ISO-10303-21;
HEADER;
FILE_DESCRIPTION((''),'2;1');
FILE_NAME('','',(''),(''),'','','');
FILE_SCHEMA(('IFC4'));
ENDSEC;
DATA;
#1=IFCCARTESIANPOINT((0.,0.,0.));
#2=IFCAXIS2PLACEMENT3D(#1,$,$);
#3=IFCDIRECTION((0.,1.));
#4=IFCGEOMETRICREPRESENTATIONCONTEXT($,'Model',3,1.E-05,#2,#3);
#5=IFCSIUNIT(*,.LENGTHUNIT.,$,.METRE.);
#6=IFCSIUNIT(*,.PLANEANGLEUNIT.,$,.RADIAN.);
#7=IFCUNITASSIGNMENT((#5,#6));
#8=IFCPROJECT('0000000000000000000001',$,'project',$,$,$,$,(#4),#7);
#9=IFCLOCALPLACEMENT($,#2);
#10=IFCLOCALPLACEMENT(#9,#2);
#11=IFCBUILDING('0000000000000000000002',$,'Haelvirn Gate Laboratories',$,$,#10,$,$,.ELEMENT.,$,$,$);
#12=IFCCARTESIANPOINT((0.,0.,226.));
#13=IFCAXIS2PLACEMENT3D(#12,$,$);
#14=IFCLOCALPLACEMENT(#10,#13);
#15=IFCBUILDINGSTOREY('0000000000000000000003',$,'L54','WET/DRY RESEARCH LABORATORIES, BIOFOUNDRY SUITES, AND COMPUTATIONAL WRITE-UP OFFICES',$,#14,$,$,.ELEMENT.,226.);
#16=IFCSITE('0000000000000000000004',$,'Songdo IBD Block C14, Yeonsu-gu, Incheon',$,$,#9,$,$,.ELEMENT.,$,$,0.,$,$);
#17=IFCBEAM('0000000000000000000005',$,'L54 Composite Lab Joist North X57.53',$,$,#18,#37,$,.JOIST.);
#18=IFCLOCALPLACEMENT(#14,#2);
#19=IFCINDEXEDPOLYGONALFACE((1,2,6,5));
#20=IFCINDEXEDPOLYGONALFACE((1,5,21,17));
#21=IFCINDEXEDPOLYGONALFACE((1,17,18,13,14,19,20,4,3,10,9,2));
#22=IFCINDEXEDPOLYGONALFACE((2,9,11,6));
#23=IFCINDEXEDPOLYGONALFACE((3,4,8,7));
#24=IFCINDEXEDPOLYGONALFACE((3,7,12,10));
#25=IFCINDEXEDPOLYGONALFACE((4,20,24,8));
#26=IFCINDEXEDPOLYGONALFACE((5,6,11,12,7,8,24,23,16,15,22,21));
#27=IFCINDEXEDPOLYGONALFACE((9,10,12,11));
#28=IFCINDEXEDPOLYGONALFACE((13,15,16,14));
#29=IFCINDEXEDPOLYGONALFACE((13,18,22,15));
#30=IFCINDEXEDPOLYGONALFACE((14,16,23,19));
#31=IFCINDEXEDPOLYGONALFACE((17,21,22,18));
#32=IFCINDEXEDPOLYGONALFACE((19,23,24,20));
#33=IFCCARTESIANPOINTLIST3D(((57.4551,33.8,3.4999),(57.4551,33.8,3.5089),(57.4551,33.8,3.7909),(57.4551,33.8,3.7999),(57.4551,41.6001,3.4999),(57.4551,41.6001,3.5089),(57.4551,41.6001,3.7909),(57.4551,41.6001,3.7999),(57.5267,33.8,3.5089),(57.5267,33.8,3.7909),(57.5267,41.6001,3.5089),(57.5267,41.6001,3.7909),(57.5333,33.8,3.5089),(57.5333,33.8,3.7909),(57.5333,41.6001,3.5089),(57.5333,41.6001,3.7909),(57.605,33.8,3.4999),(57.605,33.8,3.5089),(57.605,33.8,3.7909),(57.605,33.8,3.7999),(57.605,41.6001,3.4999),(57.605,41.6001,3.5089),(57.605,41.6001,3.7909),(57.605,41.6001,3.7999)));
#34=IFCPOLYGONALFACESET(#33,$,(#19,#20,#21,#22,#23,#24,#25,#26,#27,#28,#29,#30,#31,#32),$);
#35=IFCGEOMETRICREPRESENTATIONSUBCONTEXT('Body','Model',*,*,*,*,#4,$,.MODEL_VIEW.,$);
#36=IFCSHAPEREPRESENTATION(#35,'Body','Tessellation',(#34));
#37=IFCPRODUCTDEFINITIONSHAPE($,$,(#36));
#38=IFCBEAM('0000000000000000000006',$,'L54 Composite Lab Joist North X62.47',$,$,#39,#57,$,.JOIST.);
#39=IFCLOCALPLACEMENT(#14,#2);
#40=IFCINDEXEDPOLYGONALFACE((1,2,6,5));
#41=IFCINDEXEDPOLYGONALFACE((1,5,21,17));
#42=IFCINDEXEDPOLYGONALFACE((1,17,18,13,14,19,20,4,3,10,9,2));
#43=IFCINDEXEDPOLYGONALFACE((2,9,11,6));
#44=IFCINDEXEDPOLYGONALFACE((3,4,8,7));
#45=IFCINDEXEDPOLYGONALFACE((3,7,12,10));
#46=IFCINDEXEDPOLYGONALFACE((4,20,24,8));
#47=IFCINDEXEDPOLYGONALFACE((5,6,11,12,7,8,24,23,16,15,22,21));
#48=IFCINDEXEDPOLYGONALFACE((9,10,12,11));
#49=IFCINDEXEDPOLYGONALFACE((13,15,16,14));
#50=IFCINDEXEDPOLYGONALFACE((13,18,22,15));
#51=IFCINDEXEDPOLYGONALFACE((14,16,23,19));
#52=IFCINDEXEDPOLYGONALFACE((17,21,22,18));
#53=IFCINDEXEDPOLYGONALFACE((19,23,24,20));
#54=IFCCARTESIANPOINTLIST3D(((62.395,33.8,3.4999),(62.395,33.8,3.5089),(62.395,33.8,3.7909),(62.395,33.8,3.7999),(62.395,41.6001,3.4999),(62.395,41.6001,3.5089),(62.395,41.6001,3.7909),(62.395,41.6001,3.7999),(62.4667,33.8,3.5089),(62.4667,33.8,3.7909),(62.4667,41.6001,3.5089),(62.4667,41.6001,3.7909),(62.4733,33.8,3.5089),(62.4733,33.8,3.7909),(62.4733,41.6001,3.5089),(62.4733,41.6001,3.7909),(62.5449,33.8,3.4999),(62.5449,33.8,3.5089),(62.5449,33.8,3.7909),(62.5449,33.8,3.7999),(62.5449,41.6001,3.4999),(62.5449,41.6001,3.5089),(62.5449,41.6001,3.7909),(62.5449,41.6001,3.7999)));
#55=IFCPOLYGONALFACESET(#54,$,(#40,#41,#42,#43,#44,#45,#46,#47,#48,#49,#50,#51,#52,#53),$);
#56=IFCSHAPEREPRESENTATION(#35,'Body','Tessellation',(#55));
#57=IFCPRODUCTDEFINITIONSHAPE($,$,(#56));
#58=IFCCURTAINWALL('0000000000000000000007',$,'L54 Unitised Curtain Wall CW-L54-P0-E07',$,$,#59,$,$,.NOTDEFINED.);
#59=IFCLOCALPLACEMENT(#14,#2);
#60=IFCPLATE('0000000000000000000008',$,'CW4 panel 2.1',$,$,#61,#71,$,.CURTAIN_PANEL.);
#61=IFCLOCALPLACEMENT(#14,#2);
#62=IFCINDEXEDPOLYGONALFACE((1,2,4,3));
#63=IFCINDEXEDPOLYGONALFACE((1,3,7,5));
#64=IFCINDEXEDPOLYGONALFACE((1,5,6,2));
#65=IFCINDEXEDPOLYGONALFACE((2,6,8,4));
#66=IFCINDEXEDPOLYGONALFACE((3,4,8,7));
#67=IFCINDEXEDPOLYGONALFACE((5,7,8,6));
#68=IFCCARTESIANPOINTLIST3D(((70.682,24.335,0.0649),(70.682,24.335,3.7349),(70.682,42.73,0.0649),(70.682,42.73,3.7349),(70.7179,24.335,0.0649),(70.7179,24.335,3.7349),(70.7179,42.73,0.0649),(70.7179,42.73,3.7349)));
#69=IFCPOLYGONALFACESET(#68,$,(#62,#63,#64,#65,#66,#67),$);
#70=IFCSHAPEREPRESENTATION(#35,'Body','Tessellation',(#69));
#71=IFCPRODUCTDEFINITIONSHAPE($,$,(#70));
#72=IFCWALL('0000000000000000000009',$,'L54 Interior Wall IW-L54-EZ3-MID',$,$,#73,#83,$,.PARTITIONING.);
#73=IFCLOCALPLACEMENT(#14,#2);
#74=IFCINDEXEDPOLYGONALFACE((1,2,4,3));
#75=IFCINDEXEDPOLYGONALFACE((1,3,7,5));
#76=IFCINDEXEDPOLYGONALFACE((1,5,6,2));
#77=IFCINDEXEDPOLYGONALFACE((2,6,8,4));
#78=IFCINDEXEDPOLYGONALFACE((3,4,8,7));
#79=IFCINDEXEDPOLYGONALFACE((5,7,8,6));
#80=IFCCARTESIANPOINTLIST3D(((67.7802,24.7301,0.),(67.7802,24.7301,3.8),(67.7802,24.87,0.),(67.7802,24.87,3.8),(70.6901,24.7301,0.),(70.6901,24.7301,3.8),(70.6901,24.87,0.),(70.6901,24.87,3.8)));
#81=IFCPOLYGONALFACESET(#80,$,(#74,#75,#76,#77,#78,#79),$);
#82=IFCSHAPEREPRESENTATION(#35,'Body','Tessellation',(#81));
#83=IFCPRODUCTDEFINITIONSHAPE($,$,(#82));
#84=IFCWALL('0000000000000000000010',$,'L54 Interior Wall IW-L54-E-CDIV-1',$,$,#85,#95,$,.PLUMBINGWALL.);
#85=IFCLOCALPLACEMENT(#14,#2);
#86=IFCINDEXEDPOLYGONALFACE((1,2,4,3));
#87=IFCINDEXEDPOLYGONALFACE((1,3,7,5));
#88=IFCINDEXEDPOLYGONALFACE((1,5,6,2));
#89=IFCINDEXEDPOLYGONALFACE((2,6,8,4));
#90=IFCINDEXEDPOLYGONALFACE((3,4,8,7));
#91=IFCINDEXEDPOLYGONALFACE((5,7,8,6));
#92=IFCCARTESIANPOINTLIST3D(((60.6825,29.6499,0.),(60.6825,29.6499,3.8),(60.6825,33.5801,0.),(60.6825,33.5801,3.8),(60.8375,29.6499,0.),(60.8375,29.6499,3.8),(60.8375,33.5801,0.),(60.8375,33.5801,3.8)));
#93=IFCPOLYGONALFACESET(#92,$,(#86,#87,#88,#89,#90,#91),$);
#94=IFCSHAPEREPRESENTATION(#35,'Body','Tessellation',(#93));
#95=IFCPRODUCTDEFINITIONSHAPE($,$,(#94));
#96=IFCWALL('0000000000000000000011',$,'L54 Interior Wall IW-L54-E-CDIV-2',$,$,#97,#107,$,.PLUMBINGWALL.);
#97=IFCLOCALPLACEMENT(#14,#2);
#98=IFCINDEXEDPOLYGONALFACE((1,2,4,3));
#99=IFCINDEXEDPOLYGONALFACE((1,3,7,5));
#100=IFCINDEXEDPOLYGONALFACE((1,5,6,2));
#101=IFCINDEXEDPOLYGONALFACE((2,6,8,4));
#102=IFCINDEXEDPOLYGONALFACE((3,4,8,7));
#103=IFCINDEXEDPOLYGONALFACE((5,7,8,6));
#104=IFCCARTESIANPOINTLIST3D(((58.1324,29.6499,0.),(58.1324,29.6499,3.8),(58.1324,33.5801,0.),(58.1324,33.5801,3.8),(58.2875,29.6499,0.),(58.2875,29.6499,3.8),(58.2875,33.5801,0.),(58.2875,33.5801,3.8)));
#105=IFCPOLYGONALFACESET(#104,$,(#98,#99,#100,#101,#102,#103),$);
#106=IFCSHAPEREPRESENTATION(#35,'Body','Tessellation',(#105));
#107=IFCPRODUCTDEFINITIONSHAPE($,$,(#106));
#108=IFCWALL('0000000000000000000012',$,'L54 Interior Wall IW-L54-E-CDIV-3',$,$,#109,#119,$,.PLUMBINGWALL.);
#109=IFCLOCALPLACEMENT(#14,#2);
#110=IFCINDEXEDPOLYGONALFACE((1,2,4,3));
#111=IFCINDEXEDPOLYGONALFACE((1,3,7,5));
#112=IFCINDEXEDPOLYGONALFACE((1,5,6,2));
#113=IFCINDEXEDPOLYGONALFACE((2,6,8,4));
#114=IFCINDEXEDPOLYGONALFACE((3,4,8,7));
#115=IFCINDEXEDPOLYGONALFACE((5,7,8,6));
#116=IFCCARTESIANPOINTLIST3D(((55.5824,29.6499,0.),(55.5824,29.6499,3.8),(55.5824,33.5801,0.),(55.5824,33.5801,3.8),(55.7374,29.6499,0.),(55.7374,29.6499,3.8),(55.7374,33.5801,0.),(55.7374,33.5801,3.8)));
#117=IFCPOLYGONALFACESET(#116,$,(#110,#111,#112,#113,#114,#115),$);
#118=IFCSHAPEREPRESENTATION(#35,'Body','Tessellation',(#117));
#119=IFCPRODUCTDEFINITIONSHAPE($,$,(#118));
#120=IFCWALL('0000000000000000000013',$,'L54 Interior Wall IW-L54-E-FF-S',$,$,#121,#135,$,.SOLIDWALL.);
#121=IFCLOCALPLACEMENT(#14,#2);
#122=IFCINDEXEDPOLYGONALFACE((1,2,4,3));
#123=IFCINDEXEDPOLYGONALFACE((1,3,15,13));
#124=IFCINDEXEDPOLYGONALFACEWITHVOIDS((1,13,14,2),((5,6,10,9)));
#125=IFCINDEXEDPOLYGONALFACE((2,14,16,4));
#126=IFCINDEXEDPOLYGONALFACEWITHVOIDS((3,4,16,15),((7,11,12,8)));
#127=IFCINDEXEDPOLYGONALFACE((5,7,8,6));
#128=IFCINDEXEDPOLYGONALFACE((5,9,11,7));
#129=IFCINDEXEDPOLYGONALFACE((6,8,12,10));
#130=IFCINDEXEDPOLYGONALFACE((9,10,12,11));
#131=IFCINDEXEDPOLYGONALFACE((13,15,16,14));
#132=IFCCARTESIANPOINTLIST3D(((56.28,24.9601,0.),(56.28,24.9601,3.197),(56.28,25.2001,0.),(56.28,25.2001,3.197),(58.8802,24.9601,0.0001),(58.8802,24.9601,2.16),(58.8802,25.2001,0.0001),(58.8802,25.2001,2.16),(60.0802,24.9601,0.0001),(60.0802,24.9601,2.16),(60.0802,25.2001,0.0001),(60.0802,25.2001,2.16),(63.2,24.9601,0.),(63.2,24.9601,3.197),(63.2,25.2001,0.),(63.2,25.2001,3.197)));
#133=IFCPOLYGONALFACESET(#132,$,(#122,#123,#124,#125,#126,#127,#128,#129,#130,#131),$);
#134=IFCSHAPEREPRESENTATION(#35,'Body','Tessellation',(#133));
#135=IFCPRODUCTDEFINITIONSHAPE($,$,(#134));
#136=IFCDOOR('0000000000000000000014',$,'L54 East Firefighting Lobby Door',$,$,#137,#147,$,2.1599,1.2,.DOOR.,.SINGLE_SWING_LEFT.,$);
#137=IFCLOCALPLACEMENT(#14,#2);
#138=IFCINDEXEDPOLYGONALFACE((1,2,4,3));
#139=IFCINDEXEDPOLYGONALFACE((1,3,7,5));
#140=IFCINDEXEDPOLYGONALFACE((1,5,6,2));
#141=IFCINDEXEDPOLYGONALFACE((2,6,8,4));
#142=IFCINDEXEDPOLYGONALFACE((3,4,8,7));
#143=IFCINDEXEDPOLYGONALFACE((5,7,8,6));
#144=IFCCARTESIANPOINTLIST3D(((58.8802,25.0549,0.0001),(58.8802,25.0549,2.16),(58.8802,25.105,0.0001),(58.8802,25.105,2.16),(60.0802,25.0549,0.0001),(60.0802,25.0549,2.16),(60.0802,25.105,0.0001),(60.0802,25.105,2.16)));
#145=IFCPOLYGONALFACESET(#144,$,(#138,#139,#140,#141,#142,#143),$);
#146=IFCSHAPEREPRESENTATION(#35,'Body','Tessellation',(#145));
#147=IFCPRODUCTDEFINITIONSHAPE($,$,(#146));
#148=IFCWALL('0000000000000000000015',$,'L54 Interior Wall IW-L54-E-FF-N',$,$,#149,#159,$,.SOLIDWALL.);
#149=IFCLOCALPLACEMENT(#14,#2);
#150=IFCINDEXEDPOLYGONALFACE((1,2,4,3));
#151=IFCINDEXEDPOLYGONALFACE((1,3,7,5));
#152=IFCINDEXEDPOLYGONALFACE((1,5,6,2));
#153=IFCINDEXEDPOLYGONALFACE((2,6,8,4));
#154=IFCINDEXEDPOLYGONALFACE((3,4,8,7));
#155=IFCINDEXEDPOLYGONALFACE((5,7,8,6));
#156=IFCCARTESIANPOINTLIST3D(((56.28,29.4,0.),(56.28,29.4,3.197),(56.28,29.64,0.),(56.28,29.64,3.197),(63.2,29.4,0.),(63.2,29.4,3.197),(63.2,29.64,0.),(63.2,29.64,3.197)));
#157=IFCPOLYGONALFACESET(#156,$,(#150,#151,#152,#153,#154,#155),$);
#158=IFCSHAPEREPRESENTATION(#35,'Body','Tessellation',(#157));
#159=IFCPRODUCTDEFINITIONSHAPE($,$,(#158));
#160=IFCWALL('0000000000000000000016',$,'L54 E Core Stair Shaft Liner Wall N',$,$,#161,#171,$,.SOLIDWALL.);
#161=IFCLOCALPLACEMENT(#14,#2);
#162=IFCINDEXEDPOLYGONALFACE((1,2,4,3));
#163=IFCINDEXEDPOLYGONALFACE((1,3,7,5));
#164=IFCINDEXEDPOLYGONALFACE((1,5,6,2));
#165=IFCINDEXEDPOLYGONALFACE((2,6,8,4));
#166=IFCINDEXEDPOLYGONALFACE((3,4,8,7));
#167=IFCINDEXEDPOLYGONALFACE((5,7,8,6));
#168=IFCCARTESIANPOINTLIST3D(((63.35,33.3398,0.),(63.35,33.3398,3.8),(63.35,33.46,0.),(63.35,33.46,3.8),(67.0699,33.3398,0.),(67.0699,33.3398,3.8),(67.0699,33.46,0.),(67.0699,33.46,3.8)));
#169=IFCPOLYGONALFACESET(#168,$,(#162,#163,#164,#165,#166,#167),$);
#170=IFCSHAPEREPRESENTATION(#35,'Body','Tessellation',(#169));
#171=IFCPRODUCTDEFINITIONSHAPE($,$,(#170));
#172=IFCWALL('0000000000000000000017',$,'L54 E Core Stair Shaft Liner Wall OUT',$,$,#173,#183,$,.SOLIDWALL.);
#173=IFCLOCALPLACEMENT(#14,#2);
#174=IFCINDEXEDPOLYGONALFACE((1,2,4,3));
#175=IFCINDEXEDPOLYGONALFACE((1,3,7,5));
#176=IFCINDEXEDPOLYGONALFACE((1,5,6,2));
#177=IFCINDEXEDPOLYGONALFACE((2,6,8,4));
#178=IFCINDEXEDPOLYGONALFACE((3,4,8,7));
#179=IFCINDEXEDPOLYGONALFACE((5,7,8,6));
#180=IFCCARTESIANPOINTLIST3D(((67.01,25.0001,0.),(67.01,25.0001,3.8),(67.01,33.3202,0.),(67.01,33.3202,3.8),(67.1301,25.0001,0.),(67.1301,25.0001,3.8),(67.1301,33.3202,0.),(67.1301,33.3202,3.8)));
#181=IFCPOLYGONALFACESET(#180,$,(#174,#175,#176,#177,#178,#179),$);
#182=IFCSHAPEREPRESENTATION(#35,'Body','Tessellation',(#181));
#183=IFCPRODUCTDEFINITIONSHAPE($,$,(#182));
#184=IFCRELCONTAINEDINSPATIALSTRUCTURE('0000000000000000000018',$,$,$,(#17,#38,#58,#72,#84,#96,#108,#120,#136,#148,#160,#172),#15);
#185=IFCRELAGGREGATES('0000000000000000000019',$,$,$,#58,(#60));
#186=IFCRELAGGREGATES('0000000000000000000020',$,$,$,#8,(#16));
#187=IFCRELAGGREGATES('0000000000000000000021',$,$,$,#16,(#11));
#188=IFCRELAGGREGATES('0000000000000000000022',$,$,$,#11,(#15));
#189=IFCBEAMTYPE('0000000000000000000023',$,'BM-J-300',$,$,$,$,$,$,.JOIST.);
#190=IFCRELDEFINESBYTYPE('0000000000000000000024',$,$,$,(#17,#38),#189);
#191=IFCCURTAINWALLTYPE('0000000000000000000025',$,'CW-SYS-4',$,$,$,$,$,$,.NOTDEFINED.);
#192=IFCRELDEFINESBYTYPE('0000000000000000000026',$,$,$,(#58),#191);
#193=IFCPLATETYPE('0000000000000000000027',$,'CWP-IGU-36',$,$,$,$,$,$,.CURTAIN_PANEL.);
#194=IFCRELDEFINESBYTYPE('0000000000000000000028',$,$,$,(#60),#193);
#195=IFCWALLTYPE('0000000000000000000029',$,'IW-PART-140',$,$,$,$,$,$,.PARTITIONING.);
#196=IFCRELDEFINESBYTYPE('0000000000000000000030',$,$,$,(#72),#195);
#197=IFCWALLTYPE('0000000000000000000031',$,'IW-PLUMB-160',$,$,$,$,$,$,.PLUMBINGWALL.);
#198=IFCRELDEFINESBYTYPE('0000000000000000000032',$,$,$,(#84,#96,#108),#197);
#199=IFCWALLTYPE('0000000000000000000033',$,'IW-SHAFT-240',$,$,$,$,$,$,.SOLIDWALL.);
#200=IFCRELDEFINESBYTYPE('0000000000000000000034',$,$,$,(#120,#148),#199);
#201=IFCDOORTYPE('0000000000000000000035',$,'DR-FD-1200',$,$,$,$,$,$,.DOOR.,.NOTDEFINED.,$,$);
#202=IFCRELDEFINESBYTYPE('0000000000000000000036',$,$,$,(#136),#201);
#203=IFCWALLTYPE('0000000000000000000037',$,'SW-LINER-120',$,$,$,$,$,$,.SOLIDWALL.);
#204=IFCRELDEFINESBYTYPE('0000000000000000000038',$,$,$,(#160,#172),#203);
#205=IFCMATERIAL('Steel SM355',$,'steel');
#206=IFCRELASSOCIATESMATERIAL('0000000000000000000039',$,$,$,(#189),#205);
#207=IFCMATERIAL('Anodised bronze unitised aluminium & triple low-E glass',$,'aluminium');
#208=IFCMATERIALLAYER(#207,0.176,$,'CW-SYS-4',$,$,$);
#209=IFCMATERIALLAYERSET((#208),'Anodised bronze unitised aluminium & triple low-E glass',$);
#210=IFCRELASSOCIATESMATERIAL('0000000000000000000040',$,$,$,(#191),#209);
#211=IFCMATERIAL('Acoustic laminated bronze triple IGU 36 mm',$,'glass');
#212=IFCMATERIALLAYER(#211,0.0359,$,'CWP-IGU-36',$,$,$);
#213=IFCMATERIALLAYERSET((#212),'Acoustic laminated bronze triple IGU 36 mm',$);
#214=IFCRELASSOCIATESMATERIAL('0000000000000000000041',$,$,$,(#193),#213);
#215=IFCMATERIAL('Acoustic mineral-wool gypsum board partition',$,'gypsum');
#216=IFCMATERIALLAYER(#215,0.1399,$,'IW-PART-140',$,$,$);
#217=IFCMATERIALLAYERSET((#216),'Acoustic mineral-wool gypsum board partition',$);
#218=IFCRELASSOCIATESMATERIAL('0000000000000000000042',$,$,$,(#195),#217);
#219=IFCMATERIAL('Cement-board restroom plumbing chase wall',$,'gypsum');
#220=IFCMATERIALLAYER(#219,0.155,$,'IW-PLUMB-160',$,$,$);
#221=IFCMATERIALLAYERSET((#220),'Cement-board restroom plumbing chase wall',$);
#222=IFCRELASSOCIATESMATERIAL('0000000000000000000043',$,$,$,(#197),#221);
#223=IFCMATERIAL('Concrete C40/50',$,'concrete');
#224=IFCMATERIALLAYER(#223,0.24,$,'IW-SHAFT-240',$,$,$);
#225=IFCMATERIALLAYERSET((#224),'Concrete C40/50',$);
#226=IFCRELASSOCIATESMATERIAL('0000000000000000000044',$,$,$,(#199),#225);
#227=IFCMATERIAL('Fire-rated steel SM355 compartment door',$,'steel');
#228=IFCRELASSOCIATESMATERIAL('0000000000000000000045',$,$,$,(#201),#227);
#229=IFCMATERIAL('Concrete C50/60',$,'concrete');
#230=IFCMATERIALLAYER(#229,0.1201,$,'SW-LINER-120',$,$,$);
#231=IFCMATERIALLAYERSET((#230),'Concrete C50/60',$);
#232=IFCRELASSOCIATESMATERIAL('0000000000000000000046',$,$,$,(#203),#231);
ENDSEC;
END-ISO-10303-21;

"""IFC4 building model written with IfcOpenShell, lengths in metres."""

from ifc_helpers import new_model, si_unit, direction, frame, frame_2d, origin, origin_2d, place, context, subcontext, project, spatial, rectangle, i_section, extrude, source, transform, mapped, material, layer, layer_set, material_profile, profile_set, type_object, type_shapes, element, fill, aggregate, save


model = new_model("IFC4")

# Units and contexts
model_context = context("Model", 3, precision=1e-05, world=origin(), true_north=direction((0.0, 1.0)))
body_context = subcontext(model_context, "Body", "Model", "MODEL_VIEW")
ifc_project = project(units=[si_unit("LENGTHUNIT", "METRE"), si_unit("PLANEANGLEUNIT", "RADIAN")], contexts=[model_context])

# Site, building, storey
site_placement = place(None, origin())
site = spatial("IfcSite", under=ifc_project, at=site_placement, Name="Songdo IBD Block C14, Yeonsu-gu, Incheon", CompositionType="ELEMENT", RefElevation=0.0)
building_placement = place(site_placement, origin())
building = spatial("IfcBuilding", under=site, at=building_placement, Name="Haelvirn Gate Laboratories", CompositionType="ELEMENT")
storey_placement = place(building_placement, frame((0.0, 0.0, 226.0)))
storey = spatial("IfcBuildingStorey", under=building, at=storey_placement, Name="L54", Description="WET/DRY RESEARCH LABORATORIES, BIOFOUNDRY SUITES, AND COMPUTATIONAL WRITE-UP OFFICES", CompositionType="ELEMENT", Elevation=226.0)

# Beams
ifc_material_1 = material(Name="Steel SM355", Category="steel")
ifc_material_profile = material_profile(ifc_material_1, i_section(OverallWidth=0.1499, OverallDepth=0.3, WebThickness=0.0066, FlangeThickness=0.009, at=origin_2d()), Name="H-300x150x6.5x9")
ifc_profile_set = profile_set([ifc_material_profile], Name="Steel SM355")
beam_type = type_object("IfcBeamType", Name="BM-J-300", PredefinedType="JOIST", material=ifc_profile_set)
shared_shape_1 = source(origin(), body_context, "Body", "SweptSolid", [
    extrude(i_section(OverallWidth=0.1499, OverallDepth=0.3, WebThickness=0.0066, FlangeThickness=0.009, at=origin_2d()), origin(), (0.0, 0.0, 1.0), 7.8),
])
type_shapes(beam_type, [shared_shape_1])
for number, where, z_axis, x_axis, name in (
    (1, (57.53, 33.8, 3.6499), (0.0, 1.0, 0.0), (-1.0, 0.0, 0.0), "L54 Composite Lab Joist North X57.53"),
    (2, (62.47, 33.8, 3.6499), (0.0, 1.0, 0.0), (-1.0, 0.0, 0.0), "L54 Composite Lab Joist North X62.47"),
):
    element("IfcBeam", number, at=place(storey_placement, frame(where, z_axis=z_axis, x_axis=x_axis)), inside=storey, type_object=beam_type, Name=name, PredefinedType="JOIST", context=body_context, shape_type="MappedRepresentation", body=[
        mapped(shared_shape_1, transform((0.0, 0.0, 0.0), scale=1.0)),
    ])

# Curtain wall, plate
ifc_material_2 = material(Name="Anodised bronze unitised aluminium & triple low-E glass", Category="aluminium")
ifc_layer_1 = layer(ifc_material_2, 0.176, Name="CW-SYS-4")
ifc_layer_set_1 = layer_set([ifc_layer_1], Name="Anodised bronze unitised aluminium & triple low-E glass")
curtain_wall_type = type_object("IfcCurtainWallType", Name="CW-SYS-4", PredefinedType="NOTDEFINED", material=ifc_layer_set_1)
curtain_wall_placement = place(storey_placement, origin())
curtain_wall = element("IfcCurtainWall", 3, at=curtain_wall_placement, inside=storey, type_object=curtain_wall_type, Name="L54 Unitised Curtain Wall CW-L54-P0-E07", PredefinedType="NOTDEFINED")
ifc_material_3 = material(Name="Acoustic laminated bronze triple IGU 36 mm", Category="glass")
ifc_layer_2 = layer(ifc_material_3, 0.0359, Name="CWP-IGU-36")
ifc_layer_set_2 = layer_set([ifc_layer_2], Name="Acoustic laminated bronze triple IGU 36 mm")
plate_type = type_object("IfcPlateType", Name="CWP-IGU-36", PredefinedType="CURTAIN_PANEL", material=ifc_layer_set_2)
shared_shape_2 = source(origin(), body_context, "Body", "SweptSolid", [
    extrude(rectangle(XDim=18.395, YDim=0.0359, at=origin_2d()), origin(), (0.0, 0.0, 1.0), 3.6699),
])
type_shapes(plate_type, [shared_shape_2])
plate_placement = place(storey_placement, frame((70.7, 33.5325, 0.0649), z_axis=(0.0, 0.0, 1.0), x_axis=(0.0, 1.0, 0.0)))
plate = element("IfcPlate", 4, at=plate_placement, type_object=plate_type, Name="CW4 panel 2.1", PredefinedType="CURTAIN_PANEL", context=body_context, shape_type="MappedRepresentation", body=[
    mapped(shared_shape_2, transform((0.0, 0.0, 0.0), scale=1.0)),
])
aggregate(curtain_wall, [plate])

# Walls
ifc_material_4 = material(Name="Acoustic mineral-wool gypsum board partition", Category="gypsum")
ifc_layer_3 = layer(ifc_material_4, 0.1399, Name="IW-PART-140")
ifc_layer_set_3 = layer_set([ifc_layer_3], Name="Acoustic mineral-wool gypsum board partition")
wall_type_1 = type_object("IfcWallType", Name="IW-PART-140", PredefinedType="PARTITIONING", material=ifc_layer_set_3)
wall_1_placement = place(storey_placement, frame((67.78, 24.8, 0.0), z_axis=(0.0, 0.0, 1.0), x_axis=(1.0, 0.0, 0.0)))
element("IfcWall", 5, at=wall_1_placement, inside=storey, type_object=wall_type_1, Name="L54 Interior Wall IW-L54-EZ3-MID", PredefinedType="PARTITIONING", context=body_context, shape_type="SweptSolid", body=[
    extrude(rectangle(XDim=2.9099, YDim=0.1399, at=frame_2d((1.4551, 0.0))), origin(), (0.0, 0.0, 1.0), 3.8),
])
ifc_material_5 = material(Name="Cement-board restroom plumbing chase wall", Category="gypsum")
ifc_layer_4 = layer(ifc_material_5, 0.155, Name="IW-PLUMB-160")
ifc_layer_set_4 = layer_set([ifc_layer_4], Name="Cement-board restroom plumbing chase wall")
wall_type_2 = type_object("IfcWallType", Name="IW-PLUMB-160", PredefinedType="PLUMBINGWALL", material=ifc_layer_set_4)
for number, where, z_axis, x_axis, name in (
    (6, (60.76, 29.6499, 0.0), (0.0, 0.0, 1.0), (0.0, 1.0, 0.0), "L54 Interior Wall IW-L54-E-CDIV-1"),
    (7, (58.21, 29.6499, 0.0), (0.0, 0.0, 1.0), (0.0, 1.0, 0.0), "L54 Interior Wall IW-L54-E-CDIV-2"),
    (8, (55.6599, 29.6499, 0.0), (0.0, 0.0, 1.0), (0.0, 1.0, 0.0), "L54 Interior Wall IW-L54-E-CDIV-3"),
):
    element("IfcWall", number, at=place(storey_placement, frame(where, z_axis=z_axis, x_axis=x_axis)), inside=storey, type_object=wall_type_2, Name=name, PredefinedType="PLUMBINGWALL", context=body_context, shape_type="SweptSolid", body=[
        extrude(rectangle(XDim=3.9302, YDim=0.155, at=frame_2d((1.9651, 0.0))), origin(), (0.0, 0.0, 1.0), 3.8),
    ])

# Wall, opening, door
ifc_material_6 = material(Name="Concrete C40/50", Category="concrete")
ifc_layer_5 = layer(ifc_material_6, 0.24, Name="IW-SHAFT-240")
ifc_layer_set_5 = layer_set([ifc_layer_5], Name="Concrete C40/50")
wall_type_3 = type_object("IfcWallType", Name="IW-SHAFT-240", PredefinedType="SOLIDWALL", material=ifc_layer_set_5)
wall_2_placement = place(storey_placement, frame((56.28, 25.0801, 0.0), z_axis=(0.0, 0.0, 1.0), x_axis=(1.0, 0.0, 0.0)))
wall_2 = element("IfcWall", 9, at=wall_2_placement, inside=storey, type_object=wall_type_3, Name="L54 Interior Wall IW-L54-E-FF-S", PredefinedType="SOLIDWALL", context=body_context, shape_type="SweptSolid", body=[
    extrude(rectangle(XDim=6.9199, YDim=0.24, at=frame_2d((3.46, 0.0))), origin(), (0.0, 0.0, 1.0), 3.197),
])
opening_1_placement = place(wall_2_placement, frame((2.6001, 0.0, 0.0)))
opening_1 = element("IfcOpeningElement", 10, at=opening_1_placement, cuts=wall_2, PredefinedType="OPENING", context=body_context, shape_type="SweptSolid", body=[
    extrude(rectangle(XDim=1.2, YDim=2.1599, at=frame_2d((0.6001, 1.0801))), frame((0.0, 0.1299, 0.0), z_axis=(0.0, -1.0, 0.0), x_axis=(1.0, 0.0, 0.0)), (0.0, 0.0, 1.0), 0.26),
])
ifc_material_7 = material(Name="Fire-rated steel SM355 compartment door", Category="steel")
door_type_1 = type_object("IfcDoorType", Name="DR-FD-1200", OperationType="NOTDEFINED", PredefinedType="DOOR", material=ifc_material_7)
shared_shape_3 = source(origin(), body_context, "Body", "SweptSolid", [
    extrude(rectangle(XDim=1.2, YDim=2.1599, at=frame_2d((0.6001, 1.0801))), frame((0.0, 0.0249, 0.0), z_axis=(0.0, -1.0, 0.0), x_axis=(1.0, 0.0, 0.0)), (0.0, 0.0, 1.0), 0.05),
])
type_shapes(door_type_1, [shared_shape_3])
door_1_placement = place(opening_1_placement, origin())
door_1 = element("IfcDoor", 11, at=door_1_placement, inside=storey, type_object=door_type_1, Name="L54 East Firefighting Lobby Door", OperationType="SINGLE_SWING_LEFT", OverallHeight=2.1599, OverallWidth=1.2, PredefinedType="DOOR", context=body_context, shape_type="MappedRepresentation", body=[
    mapped(shared_shape_3, transform((0.0, 0.0, 0.0), scale=1.0)),
])
fill(opening_1, door_1)

# Walls
wall_3_placement = place(storey_placement, frame((56.28, 29.52, 0.0), z_axis=(0.0, 0.0, 1.0), x_axis=(1.0, 0.0, 0.0)))
element("IfcWall", 12, at=wall_3_placement, inside=storey, type_object=wall_type_3, Name="L54 Interior Wall IW-L54-E-FF-N", PredefinedType="SOLIDWALL", context=body_context, shape_type="SweptSolid", body=[
    extrude(rectangle(XDim=6.9199, YDim=0.24, at=frame_2d((3.46, 0.0))), origin(), (0.0, 0.0, 1.0), 3.197),
])
ifc_material_8 = material(Name="Concrete C50/60", Category="concrete")
ifc_layer_6 = layer(ifc_material_8, 0.1201, Name="SW-LINER-120")
ifc_layer_set_6 = layer_set([ifc_layer_6], Name="Concrete C50/60")
wall_type_4 = type_object("IfcWallType", Name="SW-LINER-120", PredefinedType="SOLIDWALL", material=ifc_layer_set_6)
wall_4_placement = place(storey_placement, frame((63.3501, 33.3999, 0.0), z_axis=(0.0, 0.0, 1.0), x_axis=(1.0, 0.0, 0.0)))
element("IfcWall", 13, at=wall_4_placement, inside=storey, type_object=wall_type_4, Name="L54 E Core Stair Shaft Liner Wall N", PredefinedType="SOLIDWALL", context=body_context, shape_type="SweptSolid", body=[
    extrude(rectangle(XDim=3.72, YDim=0.1201, at=frame_2d((1.8599, 0.0))), origin(), (0.0, 0.0, 1.0), 3.8),
])
wall_5_placement = place(storey_placement, frame((67.0701, 25.0, 0.0), z_axis=(0.0, 0.0, 1.0), x_axis=(0.0, 1.0, 0.0)))
element("IfcWall", 14, at=wall_5_placement, inside=storey, type_object=wall_type_4, Name="L54 E Core Stair Shaft Liner Wall OUT", PredefinedType="SOLIDWALL", context=body_context, shape_type="SweptSolid", body=[
    extrude(rectangle(XDim=8.3201, YDim=0.1201, at=frame_2d((4.1602, 0.0))), origin(), (0.0, 0.0, 1.0), 3.8),
])

save(model, "model.ifc")
